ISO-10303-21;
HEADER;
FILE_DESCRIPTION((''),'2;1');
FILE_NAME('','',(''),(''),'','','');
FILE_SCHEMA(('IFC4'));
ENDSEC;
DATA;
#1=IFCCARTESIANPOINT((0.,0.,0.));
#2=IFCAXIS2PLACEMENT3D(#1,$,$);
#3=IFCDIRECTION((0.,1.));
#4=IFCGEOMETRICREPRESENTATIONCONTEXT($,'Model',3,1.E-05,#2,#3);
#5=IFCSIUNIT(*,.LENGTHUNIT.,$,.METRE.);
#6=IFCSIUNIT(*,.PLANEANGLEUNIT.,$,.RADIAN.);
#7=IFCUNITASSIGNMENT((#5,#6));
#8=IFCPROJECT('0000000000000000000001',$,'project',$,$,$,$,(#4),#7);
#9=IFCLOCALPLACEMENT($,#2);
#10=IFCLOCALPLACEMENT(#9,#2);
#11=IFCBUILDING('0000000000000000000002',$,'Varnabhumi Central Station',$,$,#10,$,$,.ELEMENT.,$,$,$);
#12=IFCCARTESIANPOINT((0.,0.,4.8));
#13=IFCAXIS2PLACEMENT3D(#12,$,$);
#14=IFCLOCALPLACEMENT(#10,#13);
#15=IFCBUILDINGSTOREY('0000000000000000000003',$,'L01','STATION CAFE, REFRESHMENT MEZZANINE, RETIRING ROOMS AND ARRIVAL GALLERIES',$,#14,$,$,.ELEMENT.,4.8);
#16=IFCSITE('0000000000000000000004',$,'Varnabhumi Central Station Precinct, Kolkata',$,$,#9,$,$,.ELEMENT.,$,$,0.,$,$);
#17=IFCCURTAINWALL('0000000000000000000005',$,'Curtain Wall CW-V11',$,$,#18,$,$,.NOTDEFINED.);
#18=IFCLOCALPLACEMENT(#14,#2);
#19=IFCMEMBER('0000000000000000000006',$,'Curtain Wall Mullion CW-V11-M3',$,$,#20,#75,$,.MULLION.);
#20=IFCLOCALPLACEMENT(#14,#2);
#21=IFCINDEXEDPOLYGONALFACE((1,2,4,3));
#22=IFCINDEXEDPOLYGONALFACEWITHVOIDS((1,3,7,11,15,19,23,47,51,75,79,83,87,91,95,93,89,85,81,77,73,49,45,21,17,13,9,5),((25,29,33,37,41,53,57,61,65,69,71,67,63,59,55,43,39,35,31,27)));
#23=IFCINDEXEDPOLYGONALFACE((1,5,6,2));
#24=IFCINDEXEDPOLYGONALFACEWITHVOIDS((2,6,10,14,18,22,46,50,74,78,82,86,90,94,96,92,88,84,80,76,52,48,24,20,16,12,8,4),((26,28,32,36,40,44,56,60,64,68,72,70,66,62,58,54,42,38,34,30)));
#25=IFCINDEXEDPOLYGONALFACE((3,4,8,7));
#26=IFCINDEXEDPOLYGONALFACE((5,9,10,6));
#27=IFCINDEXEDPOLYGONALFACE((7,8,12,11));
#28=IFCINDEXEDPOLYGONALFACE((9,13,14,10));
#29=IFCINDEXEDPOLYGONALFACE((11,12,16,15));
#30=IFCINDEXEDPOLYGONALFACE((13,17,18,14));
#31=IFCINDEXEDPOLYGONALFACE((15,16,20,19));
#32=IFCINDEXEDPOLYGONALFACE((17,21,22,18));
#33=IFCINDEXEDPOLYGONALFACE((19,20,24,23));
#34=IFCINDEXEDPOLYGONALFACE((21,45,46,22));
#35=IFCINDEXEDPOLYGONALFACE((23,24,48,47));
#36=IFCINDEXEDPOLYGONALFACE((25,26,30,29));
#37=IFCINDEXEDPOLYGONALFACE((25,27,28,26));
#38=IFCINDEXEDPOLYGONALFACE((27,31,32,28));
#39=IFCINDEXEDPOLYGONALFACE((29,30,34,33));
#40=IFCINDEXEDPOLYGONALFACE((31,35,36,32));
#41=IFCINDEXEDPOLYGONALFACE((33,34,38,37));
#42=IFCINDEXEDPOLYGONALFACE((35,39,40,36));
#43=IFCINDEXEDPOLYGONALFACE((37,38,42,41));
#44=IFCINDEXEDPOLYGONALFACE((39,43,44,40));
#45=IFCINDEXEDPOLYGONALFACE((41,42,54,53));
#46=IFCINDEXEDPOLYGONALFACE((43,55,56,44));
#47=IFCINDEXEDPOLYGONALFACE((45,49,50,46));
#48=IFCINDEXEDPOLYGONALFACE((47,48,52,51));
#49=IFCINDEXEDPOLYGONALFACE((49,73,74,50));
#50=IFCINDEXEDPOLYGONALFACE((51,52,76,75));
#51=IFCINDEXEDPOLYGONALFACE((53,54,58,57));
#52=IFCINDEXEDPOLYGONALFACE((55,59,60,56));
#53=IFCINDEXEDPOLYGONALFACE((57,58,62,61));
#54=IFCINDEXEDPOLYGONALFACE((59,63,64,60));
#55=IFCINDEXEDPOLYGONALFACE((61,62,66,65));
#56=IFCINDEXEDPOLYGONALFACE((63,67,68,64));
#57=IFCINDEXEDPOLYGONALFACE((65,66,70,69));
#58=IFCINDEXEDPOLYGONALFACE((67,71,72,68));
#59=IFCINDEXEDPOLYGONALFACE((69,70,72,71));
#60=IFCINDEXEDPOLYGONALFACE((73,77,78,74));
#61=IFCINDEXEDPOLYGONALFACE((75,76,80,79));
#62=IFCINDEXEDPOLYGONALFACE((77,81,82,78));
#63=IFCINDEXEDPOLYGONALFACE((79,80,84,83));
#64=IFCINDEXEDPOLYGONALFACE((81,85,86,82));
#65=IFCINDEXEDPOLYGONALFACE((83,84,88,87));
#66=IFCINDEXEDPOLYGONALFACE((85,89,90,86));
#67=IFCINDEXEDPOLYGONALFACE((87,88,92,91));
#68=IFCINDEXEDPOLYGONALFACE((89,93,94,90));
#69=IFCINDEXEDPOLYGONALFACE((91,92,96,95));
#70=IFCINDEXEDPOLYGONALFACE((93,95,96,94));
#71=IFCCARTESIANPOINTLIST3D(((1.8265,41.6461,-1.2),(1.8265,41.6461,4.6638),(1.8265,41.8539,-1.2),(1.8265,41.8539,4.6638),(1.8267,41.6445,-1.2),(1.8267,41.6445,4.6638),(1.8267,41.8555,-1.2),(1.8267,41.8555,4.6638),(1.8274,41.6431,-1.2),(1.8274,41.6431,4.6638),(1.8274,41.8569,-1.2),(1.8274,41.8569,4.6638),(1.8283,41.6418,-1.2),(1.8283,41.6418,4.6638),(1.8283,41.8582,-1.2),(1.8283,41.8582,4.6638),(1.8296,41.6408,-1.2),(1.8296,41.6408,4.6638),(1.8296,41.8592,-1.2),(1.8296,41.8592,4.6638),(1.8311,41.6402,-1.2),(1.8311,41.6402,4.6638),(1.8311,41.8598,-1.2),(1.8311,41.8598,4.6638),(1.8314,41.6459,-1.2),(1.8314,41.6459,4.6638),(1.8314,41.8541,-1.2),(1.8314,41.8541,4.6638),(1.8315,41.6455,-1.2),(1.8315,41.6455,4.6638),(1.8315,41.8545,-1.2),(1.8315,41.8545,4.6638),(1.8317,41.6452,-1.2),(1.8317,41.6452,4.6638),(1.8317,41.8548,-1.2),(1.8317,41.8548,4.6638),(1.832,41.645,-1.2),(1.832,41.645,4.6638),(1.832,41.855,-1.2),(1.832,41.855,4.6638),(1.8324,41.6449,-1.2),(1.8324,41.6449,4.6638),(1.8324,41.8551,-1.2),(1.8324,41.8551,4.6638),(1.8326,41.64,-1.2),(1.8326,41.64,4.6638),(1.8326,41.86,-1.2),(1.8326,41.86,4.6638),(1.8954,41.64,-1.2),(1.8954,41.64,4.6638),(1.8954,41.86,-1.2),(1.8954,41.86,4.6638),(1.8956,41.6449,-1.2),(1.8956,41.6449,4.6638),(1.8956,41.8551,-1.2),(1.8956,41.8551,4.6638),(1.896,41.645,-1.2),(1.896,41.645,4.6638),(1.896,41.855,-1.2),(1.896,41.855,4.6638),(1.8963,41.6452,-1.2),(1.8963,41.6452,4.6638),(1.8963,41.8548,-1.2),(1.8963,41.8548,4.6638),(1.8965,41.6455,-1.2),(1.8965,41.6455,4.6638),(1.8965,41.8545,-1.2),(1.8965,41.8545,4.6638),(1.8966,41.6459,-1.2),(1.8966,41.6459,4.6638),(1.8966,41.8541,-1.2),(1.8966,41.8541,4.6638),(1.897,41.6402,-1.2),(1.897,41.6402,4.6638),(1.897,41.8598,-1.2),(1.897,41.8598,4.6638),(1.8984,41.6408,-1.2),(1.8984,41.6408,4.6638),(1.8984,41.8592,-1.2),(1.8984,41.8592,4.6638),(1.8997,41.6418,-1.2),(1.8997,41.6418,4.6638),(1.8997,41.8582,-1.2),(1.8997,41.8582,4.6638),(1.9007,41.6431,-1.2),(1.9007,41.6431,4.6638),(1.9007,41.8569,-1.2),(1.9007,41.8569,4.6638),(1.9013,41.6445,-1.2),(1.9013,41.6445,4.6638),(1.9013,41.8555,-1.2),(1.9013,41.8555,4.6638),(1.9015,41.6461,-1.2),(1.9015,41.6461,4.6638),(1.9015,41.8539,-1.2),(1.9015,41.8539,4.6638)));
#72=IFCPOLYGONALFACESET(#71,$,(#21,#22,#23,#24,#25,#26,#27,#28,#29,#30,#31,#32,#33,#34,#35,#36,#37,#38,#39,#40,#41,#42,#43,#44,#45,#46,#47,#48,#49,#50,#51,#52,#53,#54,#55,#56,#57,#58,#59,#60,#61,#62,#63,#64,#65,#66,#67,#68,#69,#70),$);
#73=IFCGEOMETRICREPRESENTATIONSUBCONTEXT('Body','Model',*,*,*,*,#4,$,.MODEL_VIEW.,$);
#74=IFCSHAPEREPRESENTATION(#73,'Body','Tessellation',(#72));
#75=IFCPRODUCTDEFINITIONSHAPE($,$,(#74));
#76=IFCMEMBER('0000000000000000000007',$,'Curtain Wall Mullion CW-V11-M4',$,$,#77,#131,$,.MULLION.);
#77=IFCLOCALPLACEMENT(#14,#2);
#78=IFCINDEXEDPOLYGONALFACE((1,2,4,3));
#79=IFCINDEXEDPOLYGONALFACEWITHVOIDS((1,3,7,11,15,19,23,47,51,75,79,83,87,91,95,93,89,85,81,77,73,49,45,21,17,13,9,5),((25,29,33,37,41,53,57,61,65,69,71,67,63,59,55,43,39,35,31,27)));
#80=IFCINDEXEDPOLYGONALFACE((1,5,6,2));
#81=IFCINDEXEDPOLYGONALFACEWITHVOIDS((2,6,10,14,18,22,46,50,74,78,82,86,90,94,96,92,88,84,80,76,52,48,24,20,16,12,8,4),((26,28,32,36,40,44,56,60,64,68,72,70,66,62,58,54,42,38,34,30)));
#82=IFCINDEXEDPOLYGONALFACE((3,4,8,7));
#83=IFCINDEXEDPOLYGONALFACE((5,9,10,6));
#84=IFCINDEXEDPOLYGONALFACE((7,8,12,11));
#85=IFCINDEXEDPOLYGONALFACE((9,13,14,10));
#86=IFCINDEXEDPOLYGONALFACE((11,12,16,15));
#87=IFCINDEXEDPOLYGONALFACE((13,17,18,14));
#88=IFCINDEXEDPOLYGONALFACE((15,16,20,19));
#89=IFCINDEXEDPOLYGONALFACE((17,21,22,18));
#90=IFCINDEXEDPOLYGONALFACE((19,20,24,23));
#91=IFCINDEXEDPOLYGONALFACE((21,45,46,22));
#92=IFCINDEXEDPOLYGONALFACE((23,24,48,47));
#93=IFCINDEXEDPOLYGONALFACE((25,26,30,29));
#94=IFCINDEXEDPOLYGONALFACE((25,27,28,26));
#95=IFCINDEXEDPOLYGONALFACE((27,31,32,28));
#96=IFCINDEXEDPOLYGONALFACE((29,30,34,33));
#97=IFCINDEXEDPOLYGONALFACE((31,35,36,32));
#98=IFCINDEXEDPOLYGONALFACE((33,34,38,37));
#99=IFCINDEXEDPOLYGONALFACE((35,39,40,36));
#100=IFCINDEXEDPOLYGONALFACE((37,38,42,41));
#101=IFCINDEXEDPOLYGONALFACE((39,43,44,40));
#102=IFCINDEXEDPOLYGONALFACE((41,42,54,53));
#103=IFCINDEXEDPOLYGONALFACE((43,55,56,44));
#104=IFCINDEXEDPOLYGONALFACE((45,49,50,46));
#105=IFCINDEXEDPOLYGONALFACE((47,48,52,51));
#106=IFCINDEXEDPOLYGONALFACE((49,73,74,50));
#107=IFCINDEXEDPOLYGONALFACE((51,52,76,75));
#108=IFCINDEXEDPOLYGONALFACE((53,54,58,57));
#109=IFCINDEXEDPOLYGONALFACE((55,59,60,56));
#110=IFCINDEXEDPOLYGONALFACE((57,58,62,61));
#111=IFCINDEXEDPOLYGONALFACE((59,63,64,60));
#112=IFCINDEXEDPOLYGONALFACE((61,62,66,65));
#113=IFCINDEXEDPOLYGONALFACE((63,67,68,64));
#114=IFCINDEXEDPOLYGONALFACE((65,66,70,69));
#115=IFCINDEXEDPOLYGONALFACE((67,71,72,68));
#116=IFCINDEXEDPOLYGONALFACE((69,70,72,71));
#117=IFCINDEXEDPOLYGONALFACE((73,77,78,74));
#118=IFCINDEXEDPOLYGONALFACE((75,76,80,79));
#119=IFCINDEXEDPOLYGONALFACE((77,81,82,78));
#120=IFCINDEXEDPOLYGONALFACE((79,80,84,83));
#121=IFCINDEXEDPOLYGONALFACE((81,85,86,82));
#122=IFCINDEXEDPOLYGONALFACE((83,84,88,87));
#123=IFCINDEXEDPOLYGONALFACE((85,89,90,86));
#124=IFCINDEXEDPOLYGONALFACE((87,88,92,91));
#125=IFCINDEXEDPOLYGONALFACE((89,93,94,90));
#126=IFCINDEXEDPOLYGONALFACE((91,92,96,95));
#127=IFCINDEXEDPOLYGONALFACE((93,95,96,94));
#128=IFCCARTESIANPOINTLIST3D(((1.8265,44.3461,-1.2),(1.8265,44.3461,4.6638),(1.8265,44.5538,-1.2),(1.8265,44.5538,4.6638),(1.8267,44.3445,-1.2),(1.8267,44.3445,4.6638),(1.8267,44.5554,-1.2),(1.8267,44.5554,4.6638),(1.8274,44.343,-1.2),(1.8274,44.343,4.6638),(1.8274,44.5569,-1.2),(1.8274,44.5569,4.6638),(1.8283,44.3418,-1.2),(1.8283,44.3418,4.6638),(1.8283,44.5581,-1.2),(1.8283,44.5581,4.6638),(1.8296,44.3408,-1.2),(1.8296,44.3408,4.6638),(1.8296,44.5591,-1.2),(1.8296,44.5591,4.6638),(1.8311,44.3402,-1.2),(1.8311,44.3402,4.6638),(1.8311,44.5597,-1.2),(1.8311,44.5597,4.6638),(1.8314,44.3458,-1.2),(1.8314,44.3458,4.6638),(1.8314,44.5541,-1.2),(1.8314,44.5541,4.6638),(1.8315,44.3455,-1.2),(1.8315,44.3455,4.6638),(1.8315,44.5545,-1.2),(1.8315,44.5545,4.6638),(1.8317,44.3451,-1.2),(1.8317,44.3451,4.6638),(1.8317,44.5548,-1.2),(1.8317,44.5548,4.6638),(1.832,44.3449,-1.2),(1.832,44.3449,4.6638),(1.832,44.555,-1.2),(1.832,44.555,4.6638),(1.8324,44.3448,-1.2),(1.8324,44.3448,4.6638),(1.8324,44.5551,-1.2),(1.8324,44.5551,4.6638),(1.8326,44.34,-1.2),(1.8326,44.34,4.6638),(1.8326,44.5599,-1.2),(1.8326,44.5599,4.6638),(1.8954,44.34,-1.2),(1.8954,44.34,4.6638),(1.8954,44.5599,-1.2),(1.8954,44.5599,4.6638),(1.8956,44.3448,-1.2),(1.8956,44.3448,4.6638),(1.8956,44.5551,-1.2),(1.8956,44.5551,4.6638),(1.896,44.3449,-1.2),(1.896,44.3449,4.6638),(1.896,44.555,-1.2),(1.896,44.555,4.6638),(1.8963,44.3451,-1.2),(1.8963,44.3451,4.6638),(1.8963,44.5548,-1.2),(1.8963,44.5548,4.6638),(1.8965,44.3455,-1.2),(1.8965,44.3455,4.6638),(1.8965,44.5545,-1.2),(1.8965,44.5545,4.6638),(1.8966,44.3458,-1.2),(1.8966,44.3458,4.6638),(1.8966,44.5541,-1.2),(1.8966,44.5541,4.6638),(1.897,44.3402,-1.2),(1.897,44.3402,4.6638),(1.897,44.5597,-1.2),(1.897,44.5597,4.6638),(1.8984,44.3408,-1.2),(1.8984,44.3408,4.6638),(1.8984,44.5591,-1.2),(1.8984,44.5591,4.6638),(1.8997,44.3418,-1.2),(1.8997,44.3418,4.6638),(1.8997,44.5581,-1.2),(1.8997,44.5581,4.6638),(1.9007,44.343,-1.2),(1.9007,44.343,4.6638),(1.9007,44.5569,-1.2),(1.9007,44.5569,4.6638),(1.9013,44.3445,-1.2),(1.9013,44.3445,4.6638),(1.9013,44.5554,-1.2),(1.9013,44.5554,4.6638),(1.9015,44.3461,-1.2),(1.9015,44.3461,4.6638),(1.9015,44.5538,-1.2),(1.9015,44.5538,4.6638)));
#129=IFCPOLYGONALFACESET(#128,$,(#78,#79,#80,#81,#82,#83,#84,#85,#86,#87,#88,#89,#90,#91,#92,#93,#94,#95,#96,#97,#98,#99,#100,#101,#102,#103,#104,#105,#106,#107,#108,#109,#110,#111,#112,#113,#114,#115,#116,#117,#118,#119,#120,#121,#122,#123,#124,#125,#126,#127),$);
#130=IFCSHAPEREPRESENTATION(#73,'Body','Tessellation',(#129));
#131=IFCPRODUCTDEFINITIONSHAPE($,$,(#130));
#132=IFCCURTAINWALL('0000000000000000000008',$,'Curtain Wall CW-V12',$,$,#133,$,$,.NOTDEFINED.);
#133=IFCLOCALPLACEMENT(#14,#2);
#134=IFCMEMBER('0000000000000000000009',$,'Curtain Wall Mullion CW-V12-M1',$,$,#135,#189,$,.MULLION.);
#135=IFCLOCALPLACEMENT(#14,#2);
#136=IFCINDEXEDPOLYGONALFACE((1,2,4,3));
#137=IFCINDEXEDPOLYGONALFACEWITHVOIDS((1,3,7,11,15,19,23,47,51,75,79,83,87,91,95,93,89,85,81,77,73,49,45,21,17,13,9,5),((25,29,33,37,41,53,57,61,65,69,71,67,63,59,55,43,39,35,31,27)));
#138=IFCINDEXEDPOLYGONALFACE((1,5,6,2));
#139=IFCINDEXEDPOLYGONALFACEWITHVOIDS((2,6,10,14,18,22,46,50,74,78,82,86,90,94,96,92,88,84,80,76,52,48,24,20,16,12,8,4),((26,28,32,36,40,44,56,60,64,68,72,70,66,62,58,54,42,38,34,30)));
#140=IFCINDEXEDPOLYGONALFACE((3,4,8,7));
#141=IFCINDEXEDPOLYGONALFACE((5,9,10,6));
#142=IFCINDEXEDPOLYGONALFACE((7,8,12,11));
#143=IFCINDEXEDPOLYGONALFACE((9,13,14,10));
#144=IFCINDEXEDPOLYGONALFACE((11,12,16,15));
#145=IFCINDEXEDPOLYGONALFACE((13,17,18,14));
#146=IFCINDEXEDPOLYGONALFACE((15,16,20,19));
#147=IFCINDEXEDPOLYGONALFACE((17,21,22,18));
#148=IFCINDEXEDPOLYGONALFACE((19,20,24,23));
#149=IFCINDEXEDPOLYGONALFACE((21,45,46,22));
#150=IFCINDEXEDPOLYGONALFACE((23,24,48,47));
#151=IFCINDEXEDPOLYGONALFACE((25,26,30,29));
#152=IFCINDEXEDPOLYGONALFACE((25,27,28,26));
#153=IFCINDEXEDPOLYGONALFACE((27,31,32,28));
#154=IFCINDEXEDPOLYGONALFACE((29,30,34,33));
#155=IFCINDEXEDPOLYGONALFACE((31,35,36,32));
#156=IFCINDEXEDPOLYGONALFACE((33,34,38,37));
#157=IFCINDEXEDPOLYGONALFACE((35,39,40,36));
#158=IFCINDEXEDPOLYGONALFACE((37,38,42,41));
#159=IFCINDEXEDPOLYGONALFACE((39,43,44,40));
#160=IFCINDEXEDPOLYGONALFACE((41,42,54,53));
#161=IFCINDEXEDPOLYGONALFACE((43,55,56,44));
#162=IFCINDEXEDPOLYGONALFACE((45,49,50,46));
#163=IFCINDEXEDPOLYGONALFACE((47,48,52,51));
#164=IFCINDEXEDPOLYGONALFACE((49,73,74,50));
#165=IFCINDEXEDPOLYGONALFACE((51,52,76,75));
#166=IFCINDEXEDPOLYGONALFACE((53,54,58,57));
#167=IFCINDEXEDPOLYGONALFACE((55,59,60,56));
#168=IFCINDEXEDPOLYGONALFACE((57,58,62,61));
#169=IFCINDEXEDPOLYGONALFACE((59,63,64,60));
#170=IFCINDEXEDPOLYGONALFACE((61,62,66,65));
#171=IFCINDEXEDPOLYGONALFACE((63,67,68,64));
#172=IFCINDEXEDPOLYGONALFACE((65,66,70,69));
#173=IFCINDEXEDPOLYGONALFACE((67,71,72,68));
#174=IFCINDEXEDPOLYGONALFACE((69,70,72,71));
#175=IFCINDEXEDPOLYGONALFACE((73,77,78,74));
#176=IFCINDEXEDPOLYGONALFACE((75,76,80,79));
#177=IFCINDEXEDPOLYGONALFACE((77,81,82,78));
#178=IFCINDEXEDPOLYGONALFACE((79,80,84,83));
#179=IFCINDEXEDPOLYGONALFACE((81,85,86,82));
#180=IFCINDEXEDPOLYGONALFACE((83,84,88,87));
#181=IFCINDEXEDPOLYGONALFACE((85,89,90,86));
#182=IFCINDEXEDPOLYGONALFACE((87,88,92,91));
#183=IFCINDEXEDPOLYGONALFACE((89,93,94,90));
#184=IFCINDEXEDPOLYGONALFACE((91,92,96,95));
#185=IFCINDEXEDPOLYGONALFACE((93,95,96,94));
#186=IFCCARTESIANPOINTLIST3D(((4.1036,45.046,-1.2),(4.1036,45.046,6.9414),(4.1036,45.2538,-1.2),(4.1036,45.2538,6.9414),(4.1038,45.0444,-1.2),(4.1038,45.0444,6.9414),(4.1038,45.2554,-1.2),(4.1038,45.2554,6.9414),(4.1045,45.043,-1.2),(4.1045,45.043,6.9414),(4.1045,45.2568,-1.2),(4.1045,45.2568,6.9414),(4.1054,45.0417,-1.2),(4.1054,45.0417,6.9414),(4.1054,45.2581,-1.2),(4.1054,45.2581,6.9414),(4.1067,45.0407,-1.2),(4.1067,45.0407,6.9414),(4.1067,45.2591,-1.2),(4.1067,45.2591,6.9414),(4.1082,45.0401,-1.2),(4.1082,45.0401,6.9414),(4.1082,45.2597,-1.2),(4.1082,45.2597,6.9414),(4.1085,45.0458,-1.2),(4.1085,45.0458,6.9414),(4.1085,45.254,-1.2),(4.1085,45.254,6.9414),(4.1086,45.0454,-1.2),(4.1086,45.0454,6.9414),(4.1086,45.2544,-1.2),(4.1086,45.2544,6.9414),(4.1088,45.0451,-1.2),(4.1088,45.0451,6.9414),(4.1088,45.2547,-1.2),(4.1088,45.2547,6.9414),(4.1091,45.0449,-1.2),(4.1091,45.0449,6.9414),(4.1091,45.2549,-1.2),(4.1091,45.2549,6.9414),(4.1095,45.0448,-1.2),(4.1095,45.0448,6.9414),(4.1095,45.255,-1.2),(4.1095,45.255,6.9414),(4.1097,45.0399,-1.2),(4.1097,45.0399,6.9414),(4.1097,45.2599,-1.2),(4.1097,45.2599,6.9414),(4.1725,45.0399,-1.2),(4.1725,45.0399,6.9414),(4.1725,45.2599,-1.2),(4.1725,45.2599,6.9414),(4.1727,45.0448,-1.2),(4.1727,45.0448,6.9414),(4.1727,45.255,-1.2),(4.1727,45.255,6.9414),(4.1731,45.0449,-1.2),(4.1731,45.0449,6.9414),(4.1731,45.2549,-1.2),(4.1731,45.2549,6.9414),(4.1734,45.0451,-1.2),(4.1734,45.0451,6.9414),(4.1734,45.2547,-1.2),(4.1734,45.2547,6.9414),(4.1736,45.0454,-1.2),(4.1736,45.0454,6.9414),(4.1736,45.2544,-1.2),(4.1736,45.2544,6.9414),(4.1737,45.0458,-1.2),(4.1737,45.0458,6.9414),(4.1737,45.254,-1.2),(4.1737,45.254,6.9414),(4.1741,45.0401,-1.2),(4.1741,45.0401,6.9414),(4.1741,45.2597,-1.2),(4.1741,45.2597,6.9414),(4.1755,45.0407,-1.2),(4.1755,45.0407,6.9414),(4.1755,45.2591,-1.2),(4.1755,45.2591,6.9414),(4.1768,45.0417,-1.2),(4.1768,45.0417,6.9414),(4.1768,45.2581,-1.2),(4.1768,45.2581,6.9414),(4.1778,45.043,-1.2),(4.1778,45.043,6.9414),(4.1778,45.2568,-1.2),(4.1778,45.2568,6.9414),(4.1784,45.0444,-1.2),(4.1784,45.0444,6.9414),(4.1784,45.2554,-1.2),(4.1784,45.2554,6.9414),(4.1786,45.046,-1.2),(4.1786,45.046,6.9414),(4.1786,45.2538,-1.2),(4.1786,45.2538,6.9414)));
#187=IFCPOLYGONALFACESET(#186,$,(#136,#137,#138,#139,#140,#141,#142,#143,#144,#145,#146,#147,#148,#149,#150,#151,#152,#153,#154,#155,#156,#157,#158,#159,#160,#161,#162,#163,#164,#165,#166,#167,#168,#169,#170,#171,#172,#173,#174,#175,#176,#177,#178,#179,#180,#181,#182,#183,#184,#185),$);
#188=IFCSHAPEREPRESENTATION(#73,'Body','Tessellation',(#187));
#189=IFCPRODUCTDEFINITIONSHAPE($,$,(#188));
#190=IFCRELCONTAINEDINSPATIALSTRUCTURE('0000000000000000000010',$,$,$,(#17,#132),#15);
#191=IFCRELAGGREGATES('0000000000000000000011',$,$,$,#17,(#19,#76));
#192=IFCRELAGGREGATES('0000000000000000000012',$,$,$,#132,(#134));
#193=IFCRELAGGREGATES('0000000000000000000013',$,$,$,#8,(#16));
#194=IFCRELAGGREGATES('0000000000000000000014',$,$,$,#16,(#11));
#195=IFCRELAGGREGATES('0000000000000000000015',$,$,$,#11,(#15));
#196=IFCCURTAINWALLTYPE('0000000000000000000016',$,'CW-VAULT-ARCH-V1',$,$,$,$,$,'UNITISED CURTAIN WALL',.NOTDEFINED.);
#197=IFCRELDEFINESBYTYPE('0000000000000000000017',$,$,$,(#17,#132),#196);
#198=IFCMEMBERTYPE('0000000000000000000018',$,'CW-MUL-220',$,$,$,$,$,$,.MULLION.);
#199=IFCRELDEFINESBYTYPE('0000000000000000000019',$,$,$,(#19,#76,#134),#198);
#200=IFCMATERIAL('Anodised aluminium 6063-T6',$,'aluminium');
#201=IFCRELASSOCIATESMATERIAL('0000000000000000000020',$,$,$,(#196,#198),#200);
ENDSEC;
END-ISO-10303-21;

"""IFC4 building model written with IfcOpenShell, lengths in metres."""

from ifc_helpers import new_model, si_unit, direction, frame, origin, origin_2d, place, context, subcontext, project, spatial, hollow_rectangle, extrude, material, material_profile, profile_set, type_object, element, aggregate, save


model = new_model("IFC4")

# Units and contexts
model_context = context("Model", 3, precision=1e-05, world=origin(), true_north=direction((0.0, 1.0)))
body_context = subcontext(model_context, "Body", "Model", "MODEL_VIEW")
ifc_project = project(units=[si_unit("LENGTHUNIT", "METRE"), si_unit("PLANEANGLEUNIT", "RADIAN")], contexts=[model_context])

# Site, building, storey
site_placement = place(None, origin())
site = spatial("IfcSite", under=ifc_project, at=site_placement, Name="Varnabhumi Central Station Precinct, Kolkata", CompositionType="ELEMENT", RefElevation=0.0)
building_placement = place(site_placement, origin())
building = spatial("IfcBuilding", under=site, at=building_placement, Name="Varnabhumi Central Station", CompositionType="ELEMENT")
storey_placement = place(building_placement, frame((0.0, 0.0, 4.8)))
storey = spatial("IfcBuildingStorey", under=building, at=storey_placement, Name="L01", Description="STATION CAFE, REFRESHMENT MEZZANINE, RETIRING ROOMS AND ARRIVAL GALLERIES", CompositionType="ELEMENT", Elevation=4.8)

# Curtain walls, members
ifc_material_1 = material(Name="Anodised aluminium 6063-T6", Category="aluminium")
curtain_wall_type = type_object("IfcCurtainWallType", Name="CW-VAULT-ARCH-V1", ElementType="UNITISED CURTAIN WALL", PredefinedType="NOTDEFINED", material=ifc_material_1)
curtain_wall_1_placement = place(storey_placement, origin())
curtain_wall_1 = element("IfcCurtainWall", 1, at=curtain_wall_1_placement, inside=storey, type_object=curtain_wall_type, Name="Curtain Wall CW-V11", PredefinedType="NOTDEFINED")
ifc_material_profile_1 = material_profile(ifc_material_1, hollow_rectangle(XDim=0.075, YDim=0.22, WallThickness=0.0049, InnerFilletRadius=0.001, OuterFilletRadius=0.0061, at=origin_2d()), Name="Anodised aluminium 6063-T6", Category="aluminium")
ifc_profile_set_1 = profile_set([ifc_material_profile_1], Name="Anodised aluminium 6063-T6")
member_type_1 = type_object("IfcMemberType", Name="CW-MUL-220", PredefinedType="MULLION", material=ifc_profile_set_1)
member_1_placement = place(storey_placement, frame((1.864, 41.75, -1.2), z_axis=(0.0, 0.0, 1.0), x_axis=(1.0, 0.0, 0.0)))
member_1 = element("IfcMember", 2, at=member_1_placement, type_object=member_type_1, Name="Curtain Wall Mullion CW-V11-M3", PredefinedType="MULLION", context=body_context, shape_type="SweptSolid", body=[
    extrude(hollow_rectangle(XDim=0.075, YDim=0.22, WallThickness=0.0049, InnerFilletRadius=0.001, OuterFilletRadius=0.0061, at=origin_2d()), origin(), (0.0, 0.0, 1.0), 5.8638),
])
member_2_placement = place(storey_placement, frame((1.864, 44.45, -1.2), z_axis=(0.0, 0.0, 1.0), x_axis=(1.0, 0.0, 0.0)))
member_2 = element("IfcMember", 3, at=member_2_placement, type_object=member_type_1, Name="Curtain Wall Mullion CW-V11-M4", PredefinedType="MULLION", context=body_context, shape_type="SweptSolid", body=[
    extrude(hollow_rectangle(XDim=0.075, YDim=0.22, WallThickness=0.0049, InnerFilletRadius=0.001, OuterFilletRadius=0.0061, at=origin_2d()), origin(), (0.0, 0.0, 1.0), 5.8638),
])
curtain_wall_2_placement = place(storey_placement, origin())
curtain_wall_2 = element("IfcCurtainWall", 4, at=curtain_wall_2_placement, inside=storey, type_object=curtain_wall_type, Name="Curtain Wall CW-V12", PredefinedType="NOTDEFINED")
member_3_placement = place(storey_placement, frame((4.1411, 45.1499, -1.2), z_axis=(0.0, 0.0, 1.0), x_axis=(1.0, 0.0, 0.0)))
member_3 = element("IfcMember", 5, at=member_3_placement, type_object=member_type_1, Name="Curtain Wall Mullion CW-V12-M1", PredefinedType="MULLION", context=body_context, shape_type="SweptSolid", body=[
    extrude(hollow_rectangle(XDim=0.075, YDim=0.22, WallThickness=0.0049, InnerFilletRadius=0.001, OuterFilletRadius=0.0061, at=origin_2d()), origin(), (0.0, 0.0, 1.0), 8.1414),
])

aggregate(curtain_wall_1, [member_1, member_2])
aggregate(curtain_wall_2, [member_3])

save(model, "model.ifc")
